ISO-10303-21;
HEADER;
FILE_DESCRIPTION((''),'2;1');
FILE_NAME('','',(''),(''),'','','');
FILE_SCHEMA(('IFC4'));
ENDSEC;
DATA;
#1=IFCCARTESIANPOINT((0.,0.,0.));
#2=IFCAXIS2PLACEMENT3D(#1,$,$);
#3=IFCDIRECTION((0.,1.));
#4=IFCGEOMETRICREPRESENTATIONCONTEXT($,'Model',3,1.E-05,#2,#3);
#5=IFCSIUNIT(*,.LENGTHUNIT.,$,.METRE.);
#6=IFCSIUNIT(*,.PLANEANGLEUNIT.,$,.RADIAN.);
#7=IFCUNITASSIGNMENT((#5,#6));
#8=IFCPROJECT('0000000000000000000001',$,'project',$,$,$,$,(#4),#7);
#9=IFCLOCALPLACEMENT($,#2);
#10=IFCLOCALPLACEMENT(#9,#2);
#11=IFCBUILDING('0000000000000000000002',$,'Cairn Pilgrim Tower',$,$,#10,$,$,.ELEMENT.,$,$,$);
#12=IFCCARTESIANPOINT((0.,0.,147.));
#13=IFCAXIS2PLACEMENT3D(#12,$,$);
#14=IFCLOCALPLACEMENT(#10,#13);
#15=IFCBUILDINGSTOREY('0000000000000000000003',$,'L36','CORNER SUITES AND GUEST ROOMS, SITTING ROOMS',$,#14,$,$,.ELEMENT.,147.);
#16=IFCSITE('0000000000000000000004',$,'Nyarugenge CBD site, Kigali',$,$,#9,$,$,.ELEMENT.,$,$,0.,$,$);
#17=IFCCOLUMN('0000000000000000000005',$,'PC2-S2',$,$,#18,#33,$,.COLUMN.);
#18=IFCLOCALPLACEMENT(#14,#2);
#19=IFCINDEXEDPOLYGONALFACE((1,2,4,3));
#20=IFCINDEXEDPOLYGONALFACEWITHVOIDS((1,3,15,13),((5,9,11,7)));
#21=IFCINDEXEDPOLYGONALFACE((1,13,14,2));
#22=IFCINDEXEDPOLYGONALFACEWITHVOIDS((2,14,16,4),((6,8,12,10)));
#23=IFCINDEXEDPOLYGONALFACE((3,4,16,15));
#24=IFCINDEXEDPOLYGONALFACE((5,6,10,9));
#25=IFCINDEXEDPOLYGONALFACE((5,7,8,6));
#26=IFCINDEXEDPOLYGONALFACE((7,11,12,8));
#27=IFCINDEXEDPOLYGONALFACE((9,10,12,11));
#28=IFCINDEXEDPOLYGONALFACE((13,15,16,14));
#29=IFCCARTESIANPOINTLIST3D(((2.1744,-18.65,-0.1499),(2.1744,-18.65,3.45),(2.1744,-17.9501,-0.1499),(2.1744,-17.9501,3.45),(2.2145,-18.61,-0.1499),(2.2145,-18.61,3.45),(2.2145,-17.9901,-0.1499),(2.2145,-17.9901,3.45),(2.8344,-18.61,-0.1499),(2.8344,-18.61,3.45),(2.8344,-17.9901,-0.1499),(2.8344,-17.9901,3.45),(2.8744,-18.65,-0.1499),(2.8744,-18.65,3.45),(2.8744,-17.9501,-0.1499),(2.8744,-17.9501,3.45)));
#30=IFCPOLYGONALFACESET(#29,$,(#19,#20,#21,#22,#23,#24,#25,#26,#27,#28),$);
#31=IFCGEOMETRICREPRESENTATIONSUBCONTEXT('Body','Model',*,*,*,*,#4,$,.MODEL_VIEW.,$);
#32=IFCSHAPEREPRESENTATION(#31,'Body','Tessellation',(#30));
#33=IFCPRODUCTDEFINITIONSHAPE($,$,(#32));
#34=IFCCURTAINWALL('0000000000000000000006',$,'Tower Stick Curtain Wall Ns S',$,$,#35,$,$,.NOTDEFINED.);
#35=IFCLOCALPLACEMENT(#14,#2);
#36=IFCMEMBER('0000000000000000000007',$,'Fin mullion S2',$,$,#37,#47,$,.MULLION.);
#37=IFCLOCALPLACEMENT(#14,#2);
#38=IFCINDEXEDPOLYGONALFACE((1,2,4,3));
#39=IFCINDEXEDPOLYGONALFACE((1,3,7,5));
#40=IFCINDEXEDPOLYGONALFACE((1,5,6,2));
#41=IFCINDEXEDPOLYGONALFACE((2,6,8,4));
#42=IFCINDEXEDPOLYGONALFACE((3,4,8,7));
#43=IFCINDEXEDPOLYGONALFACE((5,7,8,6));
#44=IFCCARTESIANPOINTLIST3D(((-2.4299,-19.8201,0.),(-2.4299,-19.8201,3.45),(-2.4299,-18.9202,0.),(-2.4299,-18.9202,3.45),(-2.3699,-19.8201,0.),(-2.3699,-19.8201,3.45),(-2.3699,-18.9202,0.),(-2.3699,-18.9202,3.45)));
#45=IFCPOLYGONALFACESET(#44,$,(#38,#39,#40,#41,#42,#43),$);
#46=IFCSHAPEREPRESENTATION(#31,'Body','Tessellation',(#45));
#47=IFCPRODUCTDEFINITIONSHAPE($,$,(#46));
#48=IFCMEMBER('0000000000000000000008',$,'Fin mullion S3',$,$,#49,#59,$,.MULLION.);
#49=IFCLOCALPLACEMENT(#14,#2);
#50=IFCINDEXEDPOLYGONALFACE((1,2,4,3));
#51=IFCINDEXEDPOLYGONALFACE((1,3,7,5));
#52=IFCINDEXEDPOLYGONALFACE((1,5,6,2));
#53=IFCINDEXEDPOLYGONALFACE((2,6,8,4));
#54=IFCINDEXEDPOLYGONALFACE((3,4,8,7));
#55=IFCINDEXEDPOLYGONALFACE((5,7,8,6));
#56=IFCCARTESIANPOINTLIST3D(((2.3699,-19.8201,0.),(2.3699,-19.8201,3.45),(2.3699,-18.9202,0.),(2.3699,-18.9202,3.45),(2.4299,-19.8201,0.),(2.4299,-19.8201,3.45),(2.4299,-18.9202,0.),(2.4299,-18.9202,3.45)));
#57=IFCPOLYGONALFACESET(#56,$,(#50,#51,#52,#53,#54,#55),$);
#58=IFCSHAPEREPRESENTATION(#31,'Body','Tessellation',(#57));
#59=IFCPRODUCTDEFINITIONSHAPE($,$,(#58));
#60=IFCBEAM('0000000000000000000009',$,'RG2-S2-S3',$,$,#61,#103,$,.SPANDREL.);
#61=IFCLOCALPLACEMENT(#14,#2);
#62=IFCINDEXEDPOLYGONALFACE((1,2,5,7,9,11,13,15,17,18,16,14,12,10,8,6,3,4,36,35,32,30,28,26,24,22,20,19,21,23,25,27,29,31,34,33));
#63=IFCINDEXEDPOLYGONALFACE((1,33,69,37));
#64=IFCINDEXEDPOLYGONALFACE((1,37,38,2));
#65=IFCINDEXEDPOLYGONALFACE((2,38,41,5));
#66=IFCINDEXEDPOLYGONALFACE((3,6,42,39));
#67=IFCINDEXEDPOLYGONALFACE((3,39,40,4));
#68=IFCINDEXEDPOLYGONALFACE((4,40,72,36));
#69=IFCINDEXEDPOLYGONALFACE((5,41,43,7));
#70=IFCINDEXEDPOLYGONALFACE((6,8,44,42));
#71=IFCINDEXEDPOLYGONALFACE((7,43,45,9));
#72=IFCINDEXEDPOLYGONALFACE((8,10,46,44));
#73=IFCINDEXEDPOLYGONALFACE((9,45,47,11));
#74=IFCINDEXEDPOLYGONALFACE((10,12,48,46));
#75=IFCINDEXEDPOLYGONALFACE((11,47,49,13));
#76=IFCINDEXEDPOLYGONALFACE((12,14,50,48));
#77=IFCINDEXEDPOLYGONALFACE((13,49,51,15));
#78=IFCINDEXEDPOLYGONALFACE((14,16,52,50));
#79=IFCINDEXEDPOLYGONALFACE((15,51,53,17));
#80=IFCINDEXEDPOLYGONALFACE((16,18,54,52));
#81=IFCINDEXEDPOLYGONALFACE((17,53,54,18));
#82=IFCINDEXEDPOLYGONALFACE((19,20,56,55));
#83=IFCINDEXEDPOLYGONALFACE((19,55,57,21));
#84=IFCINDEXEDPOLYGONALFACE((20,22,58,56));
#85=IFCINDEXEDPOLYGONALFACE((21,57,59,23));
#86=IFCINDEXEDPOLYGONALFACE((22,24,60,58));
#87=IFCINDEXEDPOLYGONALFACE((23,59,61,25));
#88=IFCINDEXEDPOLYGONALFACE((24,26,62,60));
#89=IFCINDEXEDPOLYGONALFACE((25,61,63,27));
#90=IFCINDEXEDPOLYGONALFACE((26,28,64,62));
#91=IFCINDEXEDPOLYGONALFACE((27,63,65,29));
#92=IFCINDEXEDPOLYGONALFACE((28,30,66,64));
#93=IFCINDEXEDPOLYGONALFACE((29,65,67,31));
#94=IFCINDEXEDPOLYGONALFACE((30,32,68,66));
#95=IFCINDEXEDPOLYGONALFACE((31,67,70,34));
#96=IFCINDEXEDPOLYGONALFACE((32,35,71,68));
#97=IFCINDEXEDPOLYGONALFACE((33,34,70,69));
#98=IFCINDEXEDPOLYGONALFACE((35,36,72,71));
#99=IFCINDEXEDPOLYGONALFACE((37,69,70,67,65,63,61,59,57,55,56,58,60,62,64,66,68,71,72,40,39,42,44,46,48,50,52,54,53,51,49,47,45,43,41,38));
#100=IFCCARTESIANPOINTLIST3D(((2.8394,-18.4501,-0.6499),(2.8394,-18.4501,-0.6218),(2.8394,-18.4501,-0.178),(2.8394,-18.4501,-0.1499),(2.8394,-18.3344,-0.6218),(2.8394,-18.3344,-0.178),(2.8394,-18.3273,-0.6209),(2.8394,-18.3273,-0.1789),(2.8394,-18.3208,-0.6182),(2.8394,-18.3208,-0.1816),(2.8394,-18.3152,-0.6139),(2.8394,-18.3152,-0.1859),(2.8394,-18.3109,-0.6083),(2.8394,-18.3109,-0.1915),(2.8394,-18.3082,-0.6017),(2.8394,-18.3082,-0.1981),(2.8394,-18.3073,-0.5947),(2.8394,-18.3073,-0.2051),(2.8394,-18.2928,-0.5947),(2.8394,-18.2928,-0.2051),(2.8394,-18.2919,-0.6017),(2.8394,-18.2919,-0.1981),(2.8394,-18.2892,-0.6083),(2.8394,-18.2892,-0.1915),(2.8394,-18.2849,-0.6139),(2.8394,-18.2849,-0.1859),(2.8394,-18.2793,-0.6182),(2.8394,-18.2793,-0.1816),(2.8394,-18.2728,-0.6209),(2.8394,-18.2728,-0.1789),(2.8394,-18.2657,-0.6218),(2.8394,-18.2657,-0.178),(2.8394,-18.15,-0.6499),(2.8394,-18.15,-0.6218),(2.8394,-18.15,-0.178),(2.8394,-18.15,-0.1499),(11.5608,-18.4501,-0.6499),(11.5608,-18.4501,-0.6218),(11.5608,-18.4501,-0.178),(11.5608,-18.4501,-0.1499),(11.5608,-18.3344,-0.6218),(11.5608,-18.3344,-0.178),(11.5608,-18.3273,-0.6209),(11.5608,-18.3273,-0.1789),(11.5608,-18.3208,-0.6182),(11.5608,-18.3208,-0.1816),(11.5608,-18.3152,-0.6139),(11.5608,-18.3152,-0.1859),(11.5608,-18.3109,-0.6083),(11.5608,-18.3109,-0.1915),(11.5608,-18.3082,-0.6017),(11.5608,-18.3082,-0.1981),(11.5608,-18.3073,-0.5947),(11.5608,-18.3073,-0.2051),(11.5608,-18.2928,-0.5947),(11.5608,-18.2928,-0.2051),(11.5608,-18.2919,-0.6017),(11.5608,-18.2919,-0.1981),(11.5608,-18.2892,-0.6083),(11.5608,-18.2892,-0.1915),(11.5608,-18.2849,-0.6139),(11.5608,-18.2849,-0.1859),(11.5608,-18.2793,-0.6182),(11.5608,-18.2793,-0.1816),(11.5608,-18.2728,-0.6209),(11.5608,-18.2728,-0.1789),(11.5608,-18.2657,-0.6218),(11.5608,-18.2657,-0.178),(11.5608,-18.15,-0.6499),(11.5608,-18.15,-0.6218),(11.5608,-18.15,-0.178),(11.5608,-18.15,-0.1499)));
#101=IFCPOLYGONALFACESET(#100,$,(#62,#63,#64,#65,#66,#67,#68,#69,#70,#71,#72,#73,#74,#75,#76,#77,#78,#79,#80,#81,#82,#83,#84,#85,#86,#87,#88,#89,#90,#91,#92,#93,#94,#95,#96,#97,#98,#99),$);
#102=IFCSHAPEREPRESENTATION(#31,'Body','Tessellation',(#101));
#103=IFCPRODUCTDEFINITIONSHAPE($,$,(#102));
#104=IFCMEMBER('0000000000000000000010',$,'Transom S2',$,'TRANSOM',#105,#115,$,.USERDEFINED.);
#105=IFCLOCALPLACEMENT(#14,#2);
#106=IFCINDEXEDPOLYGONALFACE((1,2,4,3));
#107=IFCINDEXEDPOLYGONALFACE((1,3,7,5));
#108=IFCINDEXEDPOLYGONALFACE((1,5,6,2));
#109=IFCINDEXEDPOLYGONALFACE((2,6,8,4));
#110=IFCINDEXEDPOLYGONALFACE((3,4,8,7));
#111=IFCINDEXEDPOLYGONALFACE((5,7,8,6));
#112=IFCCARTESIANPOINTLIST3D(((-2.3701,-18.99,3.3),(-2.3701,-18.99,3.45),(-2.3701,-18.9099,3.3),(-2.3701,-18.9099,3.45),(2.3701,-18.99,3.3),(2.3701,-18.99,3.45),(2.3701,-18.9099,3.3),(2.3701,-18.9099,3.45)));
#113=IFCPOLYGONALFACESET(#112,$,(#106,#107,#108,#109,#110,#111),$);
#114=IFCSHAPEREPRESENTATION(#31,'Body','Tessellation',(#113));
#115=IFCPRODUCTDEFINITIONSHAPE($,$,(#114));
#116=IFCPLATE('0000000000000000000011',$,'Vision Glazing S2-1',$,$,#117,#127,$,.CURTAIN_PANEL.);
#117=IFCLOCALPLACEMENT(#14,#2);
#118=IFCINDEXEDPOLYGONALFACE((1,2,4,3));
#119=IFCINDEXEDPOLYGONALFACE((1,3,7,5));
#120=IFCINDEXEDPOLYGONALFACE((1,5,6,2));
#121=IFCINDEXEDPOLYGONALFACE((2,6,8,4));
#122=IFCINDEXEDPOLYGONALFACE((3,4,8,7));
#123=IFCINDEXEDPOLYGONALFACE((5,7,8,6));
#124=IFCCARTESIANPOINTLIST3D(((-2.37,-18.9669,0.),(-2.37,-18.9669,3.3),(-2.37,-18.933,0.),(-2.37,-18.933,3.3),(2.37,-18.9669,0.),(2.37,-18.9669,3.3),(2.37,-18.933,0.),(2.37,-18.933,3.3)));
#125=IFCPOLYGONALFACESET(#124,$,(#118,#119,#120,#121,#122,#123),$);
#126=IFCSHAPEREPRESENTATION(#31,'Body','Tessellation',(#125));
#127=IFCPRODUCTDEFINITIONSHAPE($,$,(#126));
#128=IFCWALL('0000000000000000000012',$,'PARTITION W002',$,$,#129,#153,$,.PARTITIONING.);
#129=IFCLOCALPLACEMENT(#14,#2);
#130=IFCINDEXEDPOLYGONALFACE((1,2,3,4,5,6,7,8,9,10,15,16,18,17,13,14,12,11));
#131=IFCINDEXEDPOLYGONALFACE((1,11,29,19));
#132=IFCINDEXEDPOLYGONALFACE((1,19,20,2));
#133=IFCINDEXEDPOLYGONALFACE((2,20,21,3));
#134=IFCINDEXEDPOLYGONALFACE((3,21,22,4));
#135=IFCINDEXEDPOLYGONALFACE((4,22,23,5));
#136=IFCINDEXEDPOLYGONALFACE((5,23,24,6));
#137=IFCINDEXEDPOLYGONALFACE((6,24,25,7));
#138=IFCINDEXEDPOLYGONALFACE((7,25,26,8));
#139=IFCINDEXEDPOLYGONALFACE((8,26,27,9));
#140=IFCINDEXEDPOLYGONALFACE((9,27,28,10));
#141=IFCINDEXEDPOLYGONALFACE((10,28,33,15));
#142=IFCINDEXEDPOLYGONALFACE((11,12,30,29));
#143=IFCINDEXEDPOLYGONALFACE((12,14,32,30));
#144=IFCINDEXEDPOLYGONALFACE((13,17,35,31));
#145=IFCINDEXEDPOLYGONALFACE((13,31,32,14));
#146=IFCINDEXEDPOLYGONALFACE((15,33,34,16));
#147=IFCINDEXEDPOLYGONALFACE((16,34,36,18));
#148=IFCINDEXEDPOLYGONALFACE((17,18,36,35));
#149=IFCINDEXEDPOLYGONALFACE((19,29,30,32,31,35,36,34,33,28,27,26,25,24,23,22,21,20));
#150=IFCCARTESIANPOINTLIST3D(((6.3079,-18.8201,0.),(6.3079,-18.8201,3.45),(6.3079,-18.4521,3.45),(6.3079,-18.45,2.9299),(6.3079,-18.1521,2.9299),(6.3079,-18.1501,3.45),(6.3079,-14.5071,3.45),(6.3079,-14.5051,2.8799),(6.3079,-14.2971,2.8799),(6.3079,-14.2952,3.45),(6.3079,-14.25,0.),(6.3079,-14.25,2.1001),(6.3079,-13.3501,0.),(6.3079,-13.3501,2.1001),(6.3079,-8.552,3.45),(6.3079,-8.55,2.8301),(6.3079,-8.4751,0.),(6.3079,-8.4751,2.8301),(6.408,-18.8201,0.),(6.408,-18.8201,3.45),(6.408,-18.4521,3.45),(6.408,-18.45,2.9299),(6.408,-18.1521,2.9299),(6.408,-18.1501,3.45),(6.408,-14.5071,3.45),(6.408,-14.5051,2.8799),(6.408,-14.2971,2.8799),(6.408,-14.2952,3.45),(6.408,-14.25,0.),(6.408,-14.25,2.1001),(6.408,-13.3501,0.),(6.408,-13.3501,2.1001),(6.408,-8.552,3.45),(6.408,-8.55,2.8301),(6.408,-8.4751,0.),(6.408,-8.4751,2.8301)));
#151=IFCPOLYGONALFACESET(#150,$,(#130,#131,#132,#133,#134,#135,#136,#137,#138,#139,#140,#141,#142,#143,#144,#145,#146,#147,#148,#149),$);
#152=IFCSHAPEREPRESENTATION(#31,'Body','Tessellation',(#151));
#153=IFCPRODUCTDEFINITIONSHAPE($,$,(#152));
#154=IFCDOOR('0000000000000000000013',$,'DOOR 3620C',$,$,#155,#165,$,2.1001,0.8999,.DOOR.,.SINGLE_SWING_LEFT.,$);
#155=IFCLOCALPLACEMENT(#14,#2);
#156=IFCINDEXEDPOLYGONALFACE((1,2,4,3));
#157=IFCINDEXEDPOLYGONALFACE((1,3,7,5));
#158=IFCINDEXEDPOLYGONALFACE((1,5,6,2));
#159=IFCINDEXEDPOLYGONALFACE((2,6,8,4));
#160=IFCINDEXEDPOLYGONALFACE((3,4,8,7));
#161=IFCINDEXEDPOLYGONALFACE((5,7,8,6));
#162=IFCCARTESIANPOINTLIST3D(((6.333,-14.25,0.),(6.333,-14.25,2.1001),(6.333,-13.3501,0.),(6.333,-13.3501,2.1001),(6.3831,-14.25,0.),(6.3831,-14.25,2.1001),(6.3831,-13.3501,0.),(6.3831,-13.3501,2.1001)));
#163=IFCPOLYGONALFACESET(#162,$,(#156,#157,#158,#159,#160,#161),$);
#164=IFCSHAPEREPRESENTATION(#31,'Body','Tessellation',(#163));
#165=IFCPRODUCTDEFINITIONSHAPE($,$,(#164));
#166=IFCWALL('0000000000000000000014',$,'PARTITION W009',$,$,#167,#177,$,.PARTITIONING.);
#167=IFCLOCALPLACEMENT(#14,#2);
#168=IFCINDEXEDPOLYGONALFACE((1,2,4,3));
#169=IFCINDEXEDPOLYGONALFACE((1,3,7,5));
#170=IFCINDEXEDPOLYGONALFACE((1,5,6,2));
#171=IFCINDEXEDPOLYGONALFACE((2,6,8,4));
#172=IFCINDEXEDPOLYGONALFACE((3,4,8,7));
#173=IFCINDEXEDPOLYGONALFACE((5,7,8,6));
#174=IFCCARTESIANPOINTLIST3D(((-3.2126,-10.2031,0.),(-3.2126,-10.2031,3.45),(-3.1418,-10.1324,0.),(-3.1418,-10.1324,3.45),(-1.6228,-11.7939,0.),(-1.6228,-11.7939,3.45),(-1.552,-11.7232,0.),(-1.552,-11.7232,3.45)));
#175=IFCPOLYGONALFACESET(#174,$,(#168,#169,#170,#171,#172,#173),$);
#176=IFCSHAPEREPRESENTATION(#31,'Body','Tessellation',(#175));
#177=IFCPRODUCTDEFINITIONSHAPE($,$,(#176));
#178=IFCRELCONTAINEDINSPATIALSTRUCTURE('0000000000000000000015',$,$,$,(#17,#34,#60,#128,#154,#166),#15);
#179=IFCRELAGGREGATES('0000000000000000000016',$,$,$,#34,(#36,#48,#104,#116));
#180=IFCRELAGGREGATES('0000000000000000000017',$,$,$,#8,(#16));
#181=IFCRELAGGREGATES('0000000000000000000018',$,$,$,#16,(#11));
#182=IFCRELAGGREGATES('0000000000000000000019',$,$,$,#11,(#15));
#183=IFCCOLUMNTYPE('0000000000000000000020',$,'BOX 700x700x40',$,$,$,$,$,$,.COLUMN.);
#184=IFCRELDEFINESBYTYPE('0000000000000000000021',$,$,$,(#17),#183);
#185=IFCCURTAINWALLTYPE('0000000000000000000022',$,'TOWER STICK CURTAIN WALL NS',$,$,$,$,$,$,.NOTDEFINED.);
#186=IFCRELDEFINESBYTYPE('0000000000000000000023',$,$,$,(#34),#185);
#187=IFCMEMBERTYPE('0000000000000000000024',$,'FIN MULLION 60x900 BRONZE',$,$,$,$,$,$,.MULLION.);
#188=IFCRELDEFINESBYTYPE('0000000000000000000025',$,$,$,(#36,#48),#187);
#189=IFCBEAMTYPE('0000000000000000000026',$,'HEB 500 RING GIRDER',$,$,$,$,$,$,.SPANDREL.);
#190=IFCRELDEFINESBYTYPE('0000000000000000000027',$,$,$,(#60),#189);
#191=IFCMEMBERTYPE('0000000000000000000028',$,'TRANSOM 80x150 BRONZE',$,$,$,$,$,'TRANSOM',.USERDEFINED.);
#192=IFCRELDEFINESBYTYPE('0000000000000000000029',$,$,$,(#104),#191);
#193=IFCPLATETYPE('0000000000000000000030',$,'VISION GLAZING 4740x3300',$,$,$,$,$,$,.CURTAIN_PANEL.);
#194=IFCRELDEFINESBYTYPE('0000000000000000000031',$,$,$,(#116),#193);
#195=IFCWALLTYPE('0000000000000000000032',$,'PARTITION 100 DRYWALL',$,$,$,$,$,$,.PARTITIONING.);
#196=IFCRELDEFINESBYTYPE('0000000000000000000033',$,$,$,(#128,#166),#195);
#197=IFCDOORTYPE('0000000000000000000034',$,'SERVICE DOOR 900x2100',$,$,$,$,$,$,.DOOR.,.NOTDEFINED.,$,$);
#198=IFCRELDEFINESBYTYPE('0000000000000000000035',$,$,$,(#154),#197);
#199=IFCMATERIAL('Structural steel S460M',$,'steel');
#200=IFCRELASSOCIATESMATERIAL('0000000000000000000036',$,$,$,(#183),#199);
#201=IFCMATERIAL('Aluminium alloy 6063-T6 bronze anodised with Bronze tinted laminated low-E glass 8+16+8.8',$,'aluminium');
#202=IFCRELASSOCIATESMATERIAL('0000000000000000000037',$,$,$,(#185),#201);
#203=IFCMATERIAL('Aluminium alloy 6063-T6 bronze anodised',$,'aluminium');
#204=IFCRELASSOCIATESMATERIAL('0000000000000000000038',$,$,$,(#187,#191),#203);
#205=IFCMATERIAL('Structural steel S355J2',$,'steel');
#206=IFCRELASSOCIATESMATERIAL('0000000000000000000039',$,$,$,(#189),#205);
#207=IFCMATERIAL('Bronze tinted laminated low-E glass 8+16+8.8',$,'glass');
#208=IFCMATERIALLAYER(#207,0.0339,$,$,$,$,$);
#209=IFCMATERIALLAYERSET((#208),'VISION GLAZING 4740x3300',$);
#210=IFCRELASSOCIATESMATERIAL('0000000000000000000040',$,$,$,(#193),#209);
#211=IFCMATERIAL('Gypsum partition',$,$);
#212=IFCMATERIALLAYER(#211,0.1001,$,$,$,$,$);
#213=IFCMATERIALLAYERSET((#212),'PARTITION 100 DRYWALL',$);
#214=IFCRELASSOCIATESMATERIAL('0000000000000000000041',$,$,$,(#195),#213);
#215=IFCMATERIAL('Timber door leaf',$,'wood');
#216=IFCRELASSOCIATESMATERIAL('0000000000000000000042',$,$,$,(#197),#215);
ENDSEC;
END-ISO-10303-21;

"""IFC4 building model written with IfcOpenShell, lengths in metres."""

from ifc_helpers import new_model, si_unit, direction, frame, frame_2d, origin, origin_2d, place, context, subcontext, project, spatial, polyline, rectangle, hollow_rectangle, i_section, outline, extrude, material, layer, layer_set, material_profile, profile_set, type_object, element, fill, aggregate, save


model = new_model("IFC4")

# Units and contexts
model_context = context("Model", 3, precision=1e-05, world=origin(), true_north=direction((0.0, 1.0)))
body_context = subcontext(model_context, "Body", "Model", "MODEL_VIEW")
ifc_project = project(units=[si_unit("LENGTHUNIT", "METRE"), si_unit("PLANEANGLEUNIT", "RADIAN")], contexts=[model_context])

# Site, building, storey
site_placement = place(None, origin())
site = spatial("IfcSite", under=ifc_project, at=site_placement, Name="Nyarugenge CBD site, Kigali", CompositionType="ELEMENT", RefElevation=0.0)
building_placement = place(site_placement, origin())
building = spatial("IfcBuilding", under=site, at=building_placement, Name="Cairn Pilgrim Tower", CompositionType="ELEMENT")
storey_placement = place(building_placement, frame((0.0, 0.0, 147.0)))
storey = spatial("IfcBuildingStorey", under=building, at=storey_placement, Name="L36", Description="CORNER SUITES AND GUEST ROOMS, SITTING ROOMS", CompositionType="ELEMENT", Elevation=147.0)

# Column
ifc_material_1 = material(Name="Structural steel S460M", Category="steel")
ifc_material_profile_1 = material_profile(ifc_material_1, hollow_rectangle(XDim=0.7, YDim=0.7, WallThickness=0.04, at=origin_2d()), Name="BOX 700x700x40")
ifc_profile_set_1 = profile_set([ifc_material_profile_1], Name="Structural steel S460M")
column_type = type_object("IfcColumnType", Name="BOX 700x700x40", PredefinedType="COLUMN", material=ifc_profile_set_1)
column_placement = place(storey_placement, frame((2.5244, -18.3, -0.1499), z_axis=(0.0, 0.0, 1.0), x_axis=(1.0, 0.0, 0.0)))
element("IfcColumn", 1, at=column_placement, inside=storey, type_object=column_type, Name="PC2-S2", PredefinedType="COLUMN", context=body_context, shape_type="SweptSolid", body=[
    extrude(hollow_rectangle(XDim=0.7, YDim=0.7, WallThickness=0.04, at=origin_2d()), origin(), (0.0, 0.0, 1.0), 3.5999),
])

# Curtain wall, members
ifc_material_2 = material(Name="Aluminium alloy 6063-T6 bronze anodised with Bronze tinted laminated low-E glass 8+16+8.8", Category="aluminium")
curtain_wall_type = type_object("IfcCurtainWallType", Name="TOWER STICK CURTAIN WALL NS", PredefinedType="NOTDEFINED", material=ifc_material_2)
curtain_wall_placement = place(storey_placement, origin())
curtain_wall = element("IfcCurtainWall", 2, at=curtain_wall_placement, inside=storey, type_object=curtain_wall_type, Name="Tower Stick Curtain Wall Ns S", PredefinedType="NOTDEFINED")
ifc_material_3 = material(Name="Aluminium alloy 6063-T6 bronze anodised", Category="aluminium")
ifc_material_profile_2 = material_profile(ifc_material_3, rectangle(XDim=0.8999, YDim=0.0601, at=origin_2d()), Name="FIN MULLION 60x900 BRONZE")
ifc_profile_set_2 = profile_set([ifc_material_profile_2], Name="Aluminium alloy 6063-T6 bronze anodised")
member_type_1 = type_object("IfcMemberType", Name="FIN MULLION 60x900 BRONZE", PredefinedType="MULLION", material=ifc_profile_set_2)
member_1_placement = place(storey_placement, frame((-2.3999, -19.3701, 0.0), z_axis=(0.0, 0.0, 1.0), x_axis=(0.0, -1.0, 0.0)))
member_1 = element("IfcMember", 3, at=member_1_placement, type_object=member_type_1, Name="Fin mullion S2", PredefinedType="MULLION", context=body_context, shape_type="SweptSolid", body=[
    extrude(rectangle(XDim=0.8999, YDim=0.0601, at=origin_2d()), origin(), (0.0, 0.0, 1.0), 3.45),
])
member_2_placement = place(storey_placement, frame((2.3999, -19.3701, 0.0), z_axis=(0.0, 0.0, 1.0), x_axis=(0.0, -1.0, 0.0)))
member_2 = element("IfcMember", 4, at=member_2_placement, type_object=member_type_1, Name="Fin mullion S3", PredefinedType="MULLION", context=body_context, shape_type="SweptSolid", body=[
    extrude(rectangle(XDim=0.8999, YDim=0.0601, at=origin_2d()), origin(), (0.0, 0.0, 1.0), 3.45),
])

# Beam
ifc_material_4 = material(Name="Structural steel S355J2", Category="steel")
ifc_material_profile_3 = material_profile(ifc_material_4, i_section(OverallWidth=0.3, OverallDepth=0.5, WebThickness=0.0144, FlangeThickness=0.0281, FilletRadius=0.0271, at=origin_2d()), Name="HEB 500")
ifc_profile_set_3 = profile_set([ifc_material_profile_3], Name="Structural steel S355J2")
beam_type = type_object("IfcBeamType", Name="HEB 500 RING GIRDER", PredefinedType="SPANDREL", material=ifc_profile_set_3)
beam_placement = place(storey_placement, frame((2.8394, -18.3, -0.3999), z_axis=(1.0, 0.0, 0.0), x_axis=(0.0, 1.0, 0.0)))
element("IfcBeam", 5, at=beam_placement, inside=storey, type_object=beam_type, Name="RG2-S2-S3", PredefinedType="SPANDREL", context=body_context, shape_type="SweptSolid", body=[
    extrude(i_section(OverallWidth=0.3, OverallDepth=0.5, WebThickness=0.0144, FlangeThickness=0.0281, FilletRadius=0.0271, at=origin_2d()), origin(), (0.0, 0.0, 1.0), 8.7214),
])

# Member
ifc_material_profile_4 = material_profile(ifc_material_3, rectangle(XDim=0.0801, YDim=0.1499, at=origin_2d()), Name="TRANSOM 80x150 BRONZE")
ifc_profile_set_4 = profile_set([ifc_material_profile_4], Name="Aluminium alloy 6063-T6 bronze anodised")
member_type_2 = type_object("IfcMemberType", Name="TRANSOM 80x150 BRONZE", ElementType="TRANSOM", PredefinedType="USERDEFINED", material=ifc_profile_set_4)
member_3_placement = place(storey_placement, frame((-2.3701, -18.95, 3.375), z_axis=(1.0, 0.0, 0.0), x_axis=(0.0, 1.0, 0.0)))
member_3 = element("IfcMember", 6, at=member_3_placement, type_object=member_type_2, Name="Transom S2", ObjectType="TRANSOM", PredefinedType="USERDEFINED", context=body_context, shape_type="SweptSolid", body=[
    extrude(rectangle(XDim=0.0801, YDim=0.1499, at=origin_2d()), origin(), (0.0, 0.0, 1.0), 4.7402),
])

# Plate
ifc_material_5 = material(Name="Bronze tinted laminated low-E glass 8+16+8.8", Category="glass")
ifc_layer_1 = layer(ifc_material_5, 0.0339)
ifc_layer_set_1 = layer_set([ifc_layer_1], Name="VISION GLAZING 4740x3300")
plate_type = type_object("IfcPlateType", Name="VISION GLAZING 4740x3300", PredefinedType="CURTAIN_PANEL", material=ifc_layer_set_1)
plate_placement = place(storey_placement, frame((0.0, -18.95, 0.0), z_axis=(0.0, 0.0, 1.0), x_axis=(1.0, 0.0, 0.0)))
plate = element("IfcPlate", 7, at=plate_placement, type_object=plate_type, Name="Vision Glazing S2-1", PredefinedType="CURTAIN_PANEL", context=body_context, shape_type="SweptSolid", body=[
    extrude(rectangle(XDim=4.74, YDim=0.0339, at=origin_2d()), origin(), (0.0, 0.0, 1.0), 3.3),
])
aggregate(curtain_wall, [member_1, member_2, member_3, plate])

# Wall, opening, door
ifc_material_6 = material(Name="Gypsum partition")
ifc_layer_2 = layer(ifc_material_6, 0.1001)
ifc_layer_set_2 = layer_set([ifc_layer_2], Name="PARTITION 100 DRYWALL")
wall_type_1 = type_object("IfcWallType", Name="PARTITION 100 DRYWALL", PredefinedType="PARTITIONING", material=ifc_layer_set_2)
wall_1_placement = place(storey_placement, frame((6.3579, -18.8201, 0.0), z_axis=(0.0, 0.0, 1.0), x_axis=(0.0, 1.0, 0.0)))
wall_1 = element("IfcWall", 8, at=wall_1_placement, inside=storey, type_object=wall_type_1, Name="PARTITION W002", PredefinedType="PARTITIONING", context=body_context, shape_type="SweptSolid", body=[
    extrude(outline(polyline([(0.0, 0.0), (10.345, 0.0), (10.345, 2.8301), (10.27, 2.8301), (10.2681, 3.45), (4.5249, 3.45), (4.5229, 2.8799), (4.3149, 2.8799), (4.313, 3.45), (0.6699, 3.45), (0.668, 2.9299), (0.3701, 2.9299), (0.3679, 3.45), (0.0, 3.45), (0.0, 0.0)])), frame((0.0, 0.05, 0.0), z_axis=(0.0, -1.0, 0.0), x_axis=(1.0, 0.0, 0.0)), (0.0, 0.0, 1.0), 0.1001),
])
opening_1_placement = place(wall_1_placement, frame((4.5701, 0.0, 0.0)))
opening_1 = element("IfcOpeningElement", 9, at=opening_1_placement, cuts=wall_1, PredefinedType="OPENING", context=body_context, shape_type="SweptSolid", body=[
    extrude(rectangle(XDim=0.8999, YDim=2.1001, at=frame_2d((0.45, 1.05))), frame((0.0, 0.0601, 0.0), z_axis=(0.0, -1.0, 0.0), x_axis=(1.0, 0.0, 0.0)), (0.0, 0.0, 1.0), 0.1201),
])
ifc_material_7 = material(Name="Timber door leaf", Category="wood")
door_type_1 = type_object("IfcDoorType", Name="SERVICE DOOR 900x2100", OperationType="NOTDEFINED", PredefinedType="DOOR", material=ifc_material_7)
door_1_placement = place(opening_1_placement, origin())
door_1 = element("IfcDoor", 10, at=door_1_placement, inside=storey, type_object=door_type_1, Name="DOOR 3620C", OperationType="SINGLE_SWING_LEFT", OverallHeight=2.1001, OverallWidth=0.8999, PredefinedType="DOOR", context=body_context, shape_type="SweptSolid", body=[
    extrude(rectangle(XDim=0.8999, YDim=2.1001, at=frame_2d((0.45, 1.05))), frame((0.0, 0.0249, 0.0), z_axis=(0.0, -1.0, 0.0), x_axis=(1.0, 0.0, 0.0)), (0.0, 0.0, 1.0), 0.05),
])
fill(opening_1, door_1)

# Wall
wall_2_placement = place(storey_placement, frame((-1.5874, -11.7585, 0.0), z_axis=(0.0, 0.0, 1.0), x_axis=(-0.70689, 0.707324, 0.0)))
element("IfcWall", 11, at=wall_2_placement, inside=storey, type_object=wall_type_1, Name="PARTITION W009", PredefinedType="PARTITIONING", context=body_context, shape_type="SweptSolid", body=[
    extrude(rectangle(XDim=2.249, YDim=0.1001, at=frame_2d((1.1245, 0.0))), origin(), (0.0, 0.0, 1.0), 3.45),
])

save(model, "model.ifc")
